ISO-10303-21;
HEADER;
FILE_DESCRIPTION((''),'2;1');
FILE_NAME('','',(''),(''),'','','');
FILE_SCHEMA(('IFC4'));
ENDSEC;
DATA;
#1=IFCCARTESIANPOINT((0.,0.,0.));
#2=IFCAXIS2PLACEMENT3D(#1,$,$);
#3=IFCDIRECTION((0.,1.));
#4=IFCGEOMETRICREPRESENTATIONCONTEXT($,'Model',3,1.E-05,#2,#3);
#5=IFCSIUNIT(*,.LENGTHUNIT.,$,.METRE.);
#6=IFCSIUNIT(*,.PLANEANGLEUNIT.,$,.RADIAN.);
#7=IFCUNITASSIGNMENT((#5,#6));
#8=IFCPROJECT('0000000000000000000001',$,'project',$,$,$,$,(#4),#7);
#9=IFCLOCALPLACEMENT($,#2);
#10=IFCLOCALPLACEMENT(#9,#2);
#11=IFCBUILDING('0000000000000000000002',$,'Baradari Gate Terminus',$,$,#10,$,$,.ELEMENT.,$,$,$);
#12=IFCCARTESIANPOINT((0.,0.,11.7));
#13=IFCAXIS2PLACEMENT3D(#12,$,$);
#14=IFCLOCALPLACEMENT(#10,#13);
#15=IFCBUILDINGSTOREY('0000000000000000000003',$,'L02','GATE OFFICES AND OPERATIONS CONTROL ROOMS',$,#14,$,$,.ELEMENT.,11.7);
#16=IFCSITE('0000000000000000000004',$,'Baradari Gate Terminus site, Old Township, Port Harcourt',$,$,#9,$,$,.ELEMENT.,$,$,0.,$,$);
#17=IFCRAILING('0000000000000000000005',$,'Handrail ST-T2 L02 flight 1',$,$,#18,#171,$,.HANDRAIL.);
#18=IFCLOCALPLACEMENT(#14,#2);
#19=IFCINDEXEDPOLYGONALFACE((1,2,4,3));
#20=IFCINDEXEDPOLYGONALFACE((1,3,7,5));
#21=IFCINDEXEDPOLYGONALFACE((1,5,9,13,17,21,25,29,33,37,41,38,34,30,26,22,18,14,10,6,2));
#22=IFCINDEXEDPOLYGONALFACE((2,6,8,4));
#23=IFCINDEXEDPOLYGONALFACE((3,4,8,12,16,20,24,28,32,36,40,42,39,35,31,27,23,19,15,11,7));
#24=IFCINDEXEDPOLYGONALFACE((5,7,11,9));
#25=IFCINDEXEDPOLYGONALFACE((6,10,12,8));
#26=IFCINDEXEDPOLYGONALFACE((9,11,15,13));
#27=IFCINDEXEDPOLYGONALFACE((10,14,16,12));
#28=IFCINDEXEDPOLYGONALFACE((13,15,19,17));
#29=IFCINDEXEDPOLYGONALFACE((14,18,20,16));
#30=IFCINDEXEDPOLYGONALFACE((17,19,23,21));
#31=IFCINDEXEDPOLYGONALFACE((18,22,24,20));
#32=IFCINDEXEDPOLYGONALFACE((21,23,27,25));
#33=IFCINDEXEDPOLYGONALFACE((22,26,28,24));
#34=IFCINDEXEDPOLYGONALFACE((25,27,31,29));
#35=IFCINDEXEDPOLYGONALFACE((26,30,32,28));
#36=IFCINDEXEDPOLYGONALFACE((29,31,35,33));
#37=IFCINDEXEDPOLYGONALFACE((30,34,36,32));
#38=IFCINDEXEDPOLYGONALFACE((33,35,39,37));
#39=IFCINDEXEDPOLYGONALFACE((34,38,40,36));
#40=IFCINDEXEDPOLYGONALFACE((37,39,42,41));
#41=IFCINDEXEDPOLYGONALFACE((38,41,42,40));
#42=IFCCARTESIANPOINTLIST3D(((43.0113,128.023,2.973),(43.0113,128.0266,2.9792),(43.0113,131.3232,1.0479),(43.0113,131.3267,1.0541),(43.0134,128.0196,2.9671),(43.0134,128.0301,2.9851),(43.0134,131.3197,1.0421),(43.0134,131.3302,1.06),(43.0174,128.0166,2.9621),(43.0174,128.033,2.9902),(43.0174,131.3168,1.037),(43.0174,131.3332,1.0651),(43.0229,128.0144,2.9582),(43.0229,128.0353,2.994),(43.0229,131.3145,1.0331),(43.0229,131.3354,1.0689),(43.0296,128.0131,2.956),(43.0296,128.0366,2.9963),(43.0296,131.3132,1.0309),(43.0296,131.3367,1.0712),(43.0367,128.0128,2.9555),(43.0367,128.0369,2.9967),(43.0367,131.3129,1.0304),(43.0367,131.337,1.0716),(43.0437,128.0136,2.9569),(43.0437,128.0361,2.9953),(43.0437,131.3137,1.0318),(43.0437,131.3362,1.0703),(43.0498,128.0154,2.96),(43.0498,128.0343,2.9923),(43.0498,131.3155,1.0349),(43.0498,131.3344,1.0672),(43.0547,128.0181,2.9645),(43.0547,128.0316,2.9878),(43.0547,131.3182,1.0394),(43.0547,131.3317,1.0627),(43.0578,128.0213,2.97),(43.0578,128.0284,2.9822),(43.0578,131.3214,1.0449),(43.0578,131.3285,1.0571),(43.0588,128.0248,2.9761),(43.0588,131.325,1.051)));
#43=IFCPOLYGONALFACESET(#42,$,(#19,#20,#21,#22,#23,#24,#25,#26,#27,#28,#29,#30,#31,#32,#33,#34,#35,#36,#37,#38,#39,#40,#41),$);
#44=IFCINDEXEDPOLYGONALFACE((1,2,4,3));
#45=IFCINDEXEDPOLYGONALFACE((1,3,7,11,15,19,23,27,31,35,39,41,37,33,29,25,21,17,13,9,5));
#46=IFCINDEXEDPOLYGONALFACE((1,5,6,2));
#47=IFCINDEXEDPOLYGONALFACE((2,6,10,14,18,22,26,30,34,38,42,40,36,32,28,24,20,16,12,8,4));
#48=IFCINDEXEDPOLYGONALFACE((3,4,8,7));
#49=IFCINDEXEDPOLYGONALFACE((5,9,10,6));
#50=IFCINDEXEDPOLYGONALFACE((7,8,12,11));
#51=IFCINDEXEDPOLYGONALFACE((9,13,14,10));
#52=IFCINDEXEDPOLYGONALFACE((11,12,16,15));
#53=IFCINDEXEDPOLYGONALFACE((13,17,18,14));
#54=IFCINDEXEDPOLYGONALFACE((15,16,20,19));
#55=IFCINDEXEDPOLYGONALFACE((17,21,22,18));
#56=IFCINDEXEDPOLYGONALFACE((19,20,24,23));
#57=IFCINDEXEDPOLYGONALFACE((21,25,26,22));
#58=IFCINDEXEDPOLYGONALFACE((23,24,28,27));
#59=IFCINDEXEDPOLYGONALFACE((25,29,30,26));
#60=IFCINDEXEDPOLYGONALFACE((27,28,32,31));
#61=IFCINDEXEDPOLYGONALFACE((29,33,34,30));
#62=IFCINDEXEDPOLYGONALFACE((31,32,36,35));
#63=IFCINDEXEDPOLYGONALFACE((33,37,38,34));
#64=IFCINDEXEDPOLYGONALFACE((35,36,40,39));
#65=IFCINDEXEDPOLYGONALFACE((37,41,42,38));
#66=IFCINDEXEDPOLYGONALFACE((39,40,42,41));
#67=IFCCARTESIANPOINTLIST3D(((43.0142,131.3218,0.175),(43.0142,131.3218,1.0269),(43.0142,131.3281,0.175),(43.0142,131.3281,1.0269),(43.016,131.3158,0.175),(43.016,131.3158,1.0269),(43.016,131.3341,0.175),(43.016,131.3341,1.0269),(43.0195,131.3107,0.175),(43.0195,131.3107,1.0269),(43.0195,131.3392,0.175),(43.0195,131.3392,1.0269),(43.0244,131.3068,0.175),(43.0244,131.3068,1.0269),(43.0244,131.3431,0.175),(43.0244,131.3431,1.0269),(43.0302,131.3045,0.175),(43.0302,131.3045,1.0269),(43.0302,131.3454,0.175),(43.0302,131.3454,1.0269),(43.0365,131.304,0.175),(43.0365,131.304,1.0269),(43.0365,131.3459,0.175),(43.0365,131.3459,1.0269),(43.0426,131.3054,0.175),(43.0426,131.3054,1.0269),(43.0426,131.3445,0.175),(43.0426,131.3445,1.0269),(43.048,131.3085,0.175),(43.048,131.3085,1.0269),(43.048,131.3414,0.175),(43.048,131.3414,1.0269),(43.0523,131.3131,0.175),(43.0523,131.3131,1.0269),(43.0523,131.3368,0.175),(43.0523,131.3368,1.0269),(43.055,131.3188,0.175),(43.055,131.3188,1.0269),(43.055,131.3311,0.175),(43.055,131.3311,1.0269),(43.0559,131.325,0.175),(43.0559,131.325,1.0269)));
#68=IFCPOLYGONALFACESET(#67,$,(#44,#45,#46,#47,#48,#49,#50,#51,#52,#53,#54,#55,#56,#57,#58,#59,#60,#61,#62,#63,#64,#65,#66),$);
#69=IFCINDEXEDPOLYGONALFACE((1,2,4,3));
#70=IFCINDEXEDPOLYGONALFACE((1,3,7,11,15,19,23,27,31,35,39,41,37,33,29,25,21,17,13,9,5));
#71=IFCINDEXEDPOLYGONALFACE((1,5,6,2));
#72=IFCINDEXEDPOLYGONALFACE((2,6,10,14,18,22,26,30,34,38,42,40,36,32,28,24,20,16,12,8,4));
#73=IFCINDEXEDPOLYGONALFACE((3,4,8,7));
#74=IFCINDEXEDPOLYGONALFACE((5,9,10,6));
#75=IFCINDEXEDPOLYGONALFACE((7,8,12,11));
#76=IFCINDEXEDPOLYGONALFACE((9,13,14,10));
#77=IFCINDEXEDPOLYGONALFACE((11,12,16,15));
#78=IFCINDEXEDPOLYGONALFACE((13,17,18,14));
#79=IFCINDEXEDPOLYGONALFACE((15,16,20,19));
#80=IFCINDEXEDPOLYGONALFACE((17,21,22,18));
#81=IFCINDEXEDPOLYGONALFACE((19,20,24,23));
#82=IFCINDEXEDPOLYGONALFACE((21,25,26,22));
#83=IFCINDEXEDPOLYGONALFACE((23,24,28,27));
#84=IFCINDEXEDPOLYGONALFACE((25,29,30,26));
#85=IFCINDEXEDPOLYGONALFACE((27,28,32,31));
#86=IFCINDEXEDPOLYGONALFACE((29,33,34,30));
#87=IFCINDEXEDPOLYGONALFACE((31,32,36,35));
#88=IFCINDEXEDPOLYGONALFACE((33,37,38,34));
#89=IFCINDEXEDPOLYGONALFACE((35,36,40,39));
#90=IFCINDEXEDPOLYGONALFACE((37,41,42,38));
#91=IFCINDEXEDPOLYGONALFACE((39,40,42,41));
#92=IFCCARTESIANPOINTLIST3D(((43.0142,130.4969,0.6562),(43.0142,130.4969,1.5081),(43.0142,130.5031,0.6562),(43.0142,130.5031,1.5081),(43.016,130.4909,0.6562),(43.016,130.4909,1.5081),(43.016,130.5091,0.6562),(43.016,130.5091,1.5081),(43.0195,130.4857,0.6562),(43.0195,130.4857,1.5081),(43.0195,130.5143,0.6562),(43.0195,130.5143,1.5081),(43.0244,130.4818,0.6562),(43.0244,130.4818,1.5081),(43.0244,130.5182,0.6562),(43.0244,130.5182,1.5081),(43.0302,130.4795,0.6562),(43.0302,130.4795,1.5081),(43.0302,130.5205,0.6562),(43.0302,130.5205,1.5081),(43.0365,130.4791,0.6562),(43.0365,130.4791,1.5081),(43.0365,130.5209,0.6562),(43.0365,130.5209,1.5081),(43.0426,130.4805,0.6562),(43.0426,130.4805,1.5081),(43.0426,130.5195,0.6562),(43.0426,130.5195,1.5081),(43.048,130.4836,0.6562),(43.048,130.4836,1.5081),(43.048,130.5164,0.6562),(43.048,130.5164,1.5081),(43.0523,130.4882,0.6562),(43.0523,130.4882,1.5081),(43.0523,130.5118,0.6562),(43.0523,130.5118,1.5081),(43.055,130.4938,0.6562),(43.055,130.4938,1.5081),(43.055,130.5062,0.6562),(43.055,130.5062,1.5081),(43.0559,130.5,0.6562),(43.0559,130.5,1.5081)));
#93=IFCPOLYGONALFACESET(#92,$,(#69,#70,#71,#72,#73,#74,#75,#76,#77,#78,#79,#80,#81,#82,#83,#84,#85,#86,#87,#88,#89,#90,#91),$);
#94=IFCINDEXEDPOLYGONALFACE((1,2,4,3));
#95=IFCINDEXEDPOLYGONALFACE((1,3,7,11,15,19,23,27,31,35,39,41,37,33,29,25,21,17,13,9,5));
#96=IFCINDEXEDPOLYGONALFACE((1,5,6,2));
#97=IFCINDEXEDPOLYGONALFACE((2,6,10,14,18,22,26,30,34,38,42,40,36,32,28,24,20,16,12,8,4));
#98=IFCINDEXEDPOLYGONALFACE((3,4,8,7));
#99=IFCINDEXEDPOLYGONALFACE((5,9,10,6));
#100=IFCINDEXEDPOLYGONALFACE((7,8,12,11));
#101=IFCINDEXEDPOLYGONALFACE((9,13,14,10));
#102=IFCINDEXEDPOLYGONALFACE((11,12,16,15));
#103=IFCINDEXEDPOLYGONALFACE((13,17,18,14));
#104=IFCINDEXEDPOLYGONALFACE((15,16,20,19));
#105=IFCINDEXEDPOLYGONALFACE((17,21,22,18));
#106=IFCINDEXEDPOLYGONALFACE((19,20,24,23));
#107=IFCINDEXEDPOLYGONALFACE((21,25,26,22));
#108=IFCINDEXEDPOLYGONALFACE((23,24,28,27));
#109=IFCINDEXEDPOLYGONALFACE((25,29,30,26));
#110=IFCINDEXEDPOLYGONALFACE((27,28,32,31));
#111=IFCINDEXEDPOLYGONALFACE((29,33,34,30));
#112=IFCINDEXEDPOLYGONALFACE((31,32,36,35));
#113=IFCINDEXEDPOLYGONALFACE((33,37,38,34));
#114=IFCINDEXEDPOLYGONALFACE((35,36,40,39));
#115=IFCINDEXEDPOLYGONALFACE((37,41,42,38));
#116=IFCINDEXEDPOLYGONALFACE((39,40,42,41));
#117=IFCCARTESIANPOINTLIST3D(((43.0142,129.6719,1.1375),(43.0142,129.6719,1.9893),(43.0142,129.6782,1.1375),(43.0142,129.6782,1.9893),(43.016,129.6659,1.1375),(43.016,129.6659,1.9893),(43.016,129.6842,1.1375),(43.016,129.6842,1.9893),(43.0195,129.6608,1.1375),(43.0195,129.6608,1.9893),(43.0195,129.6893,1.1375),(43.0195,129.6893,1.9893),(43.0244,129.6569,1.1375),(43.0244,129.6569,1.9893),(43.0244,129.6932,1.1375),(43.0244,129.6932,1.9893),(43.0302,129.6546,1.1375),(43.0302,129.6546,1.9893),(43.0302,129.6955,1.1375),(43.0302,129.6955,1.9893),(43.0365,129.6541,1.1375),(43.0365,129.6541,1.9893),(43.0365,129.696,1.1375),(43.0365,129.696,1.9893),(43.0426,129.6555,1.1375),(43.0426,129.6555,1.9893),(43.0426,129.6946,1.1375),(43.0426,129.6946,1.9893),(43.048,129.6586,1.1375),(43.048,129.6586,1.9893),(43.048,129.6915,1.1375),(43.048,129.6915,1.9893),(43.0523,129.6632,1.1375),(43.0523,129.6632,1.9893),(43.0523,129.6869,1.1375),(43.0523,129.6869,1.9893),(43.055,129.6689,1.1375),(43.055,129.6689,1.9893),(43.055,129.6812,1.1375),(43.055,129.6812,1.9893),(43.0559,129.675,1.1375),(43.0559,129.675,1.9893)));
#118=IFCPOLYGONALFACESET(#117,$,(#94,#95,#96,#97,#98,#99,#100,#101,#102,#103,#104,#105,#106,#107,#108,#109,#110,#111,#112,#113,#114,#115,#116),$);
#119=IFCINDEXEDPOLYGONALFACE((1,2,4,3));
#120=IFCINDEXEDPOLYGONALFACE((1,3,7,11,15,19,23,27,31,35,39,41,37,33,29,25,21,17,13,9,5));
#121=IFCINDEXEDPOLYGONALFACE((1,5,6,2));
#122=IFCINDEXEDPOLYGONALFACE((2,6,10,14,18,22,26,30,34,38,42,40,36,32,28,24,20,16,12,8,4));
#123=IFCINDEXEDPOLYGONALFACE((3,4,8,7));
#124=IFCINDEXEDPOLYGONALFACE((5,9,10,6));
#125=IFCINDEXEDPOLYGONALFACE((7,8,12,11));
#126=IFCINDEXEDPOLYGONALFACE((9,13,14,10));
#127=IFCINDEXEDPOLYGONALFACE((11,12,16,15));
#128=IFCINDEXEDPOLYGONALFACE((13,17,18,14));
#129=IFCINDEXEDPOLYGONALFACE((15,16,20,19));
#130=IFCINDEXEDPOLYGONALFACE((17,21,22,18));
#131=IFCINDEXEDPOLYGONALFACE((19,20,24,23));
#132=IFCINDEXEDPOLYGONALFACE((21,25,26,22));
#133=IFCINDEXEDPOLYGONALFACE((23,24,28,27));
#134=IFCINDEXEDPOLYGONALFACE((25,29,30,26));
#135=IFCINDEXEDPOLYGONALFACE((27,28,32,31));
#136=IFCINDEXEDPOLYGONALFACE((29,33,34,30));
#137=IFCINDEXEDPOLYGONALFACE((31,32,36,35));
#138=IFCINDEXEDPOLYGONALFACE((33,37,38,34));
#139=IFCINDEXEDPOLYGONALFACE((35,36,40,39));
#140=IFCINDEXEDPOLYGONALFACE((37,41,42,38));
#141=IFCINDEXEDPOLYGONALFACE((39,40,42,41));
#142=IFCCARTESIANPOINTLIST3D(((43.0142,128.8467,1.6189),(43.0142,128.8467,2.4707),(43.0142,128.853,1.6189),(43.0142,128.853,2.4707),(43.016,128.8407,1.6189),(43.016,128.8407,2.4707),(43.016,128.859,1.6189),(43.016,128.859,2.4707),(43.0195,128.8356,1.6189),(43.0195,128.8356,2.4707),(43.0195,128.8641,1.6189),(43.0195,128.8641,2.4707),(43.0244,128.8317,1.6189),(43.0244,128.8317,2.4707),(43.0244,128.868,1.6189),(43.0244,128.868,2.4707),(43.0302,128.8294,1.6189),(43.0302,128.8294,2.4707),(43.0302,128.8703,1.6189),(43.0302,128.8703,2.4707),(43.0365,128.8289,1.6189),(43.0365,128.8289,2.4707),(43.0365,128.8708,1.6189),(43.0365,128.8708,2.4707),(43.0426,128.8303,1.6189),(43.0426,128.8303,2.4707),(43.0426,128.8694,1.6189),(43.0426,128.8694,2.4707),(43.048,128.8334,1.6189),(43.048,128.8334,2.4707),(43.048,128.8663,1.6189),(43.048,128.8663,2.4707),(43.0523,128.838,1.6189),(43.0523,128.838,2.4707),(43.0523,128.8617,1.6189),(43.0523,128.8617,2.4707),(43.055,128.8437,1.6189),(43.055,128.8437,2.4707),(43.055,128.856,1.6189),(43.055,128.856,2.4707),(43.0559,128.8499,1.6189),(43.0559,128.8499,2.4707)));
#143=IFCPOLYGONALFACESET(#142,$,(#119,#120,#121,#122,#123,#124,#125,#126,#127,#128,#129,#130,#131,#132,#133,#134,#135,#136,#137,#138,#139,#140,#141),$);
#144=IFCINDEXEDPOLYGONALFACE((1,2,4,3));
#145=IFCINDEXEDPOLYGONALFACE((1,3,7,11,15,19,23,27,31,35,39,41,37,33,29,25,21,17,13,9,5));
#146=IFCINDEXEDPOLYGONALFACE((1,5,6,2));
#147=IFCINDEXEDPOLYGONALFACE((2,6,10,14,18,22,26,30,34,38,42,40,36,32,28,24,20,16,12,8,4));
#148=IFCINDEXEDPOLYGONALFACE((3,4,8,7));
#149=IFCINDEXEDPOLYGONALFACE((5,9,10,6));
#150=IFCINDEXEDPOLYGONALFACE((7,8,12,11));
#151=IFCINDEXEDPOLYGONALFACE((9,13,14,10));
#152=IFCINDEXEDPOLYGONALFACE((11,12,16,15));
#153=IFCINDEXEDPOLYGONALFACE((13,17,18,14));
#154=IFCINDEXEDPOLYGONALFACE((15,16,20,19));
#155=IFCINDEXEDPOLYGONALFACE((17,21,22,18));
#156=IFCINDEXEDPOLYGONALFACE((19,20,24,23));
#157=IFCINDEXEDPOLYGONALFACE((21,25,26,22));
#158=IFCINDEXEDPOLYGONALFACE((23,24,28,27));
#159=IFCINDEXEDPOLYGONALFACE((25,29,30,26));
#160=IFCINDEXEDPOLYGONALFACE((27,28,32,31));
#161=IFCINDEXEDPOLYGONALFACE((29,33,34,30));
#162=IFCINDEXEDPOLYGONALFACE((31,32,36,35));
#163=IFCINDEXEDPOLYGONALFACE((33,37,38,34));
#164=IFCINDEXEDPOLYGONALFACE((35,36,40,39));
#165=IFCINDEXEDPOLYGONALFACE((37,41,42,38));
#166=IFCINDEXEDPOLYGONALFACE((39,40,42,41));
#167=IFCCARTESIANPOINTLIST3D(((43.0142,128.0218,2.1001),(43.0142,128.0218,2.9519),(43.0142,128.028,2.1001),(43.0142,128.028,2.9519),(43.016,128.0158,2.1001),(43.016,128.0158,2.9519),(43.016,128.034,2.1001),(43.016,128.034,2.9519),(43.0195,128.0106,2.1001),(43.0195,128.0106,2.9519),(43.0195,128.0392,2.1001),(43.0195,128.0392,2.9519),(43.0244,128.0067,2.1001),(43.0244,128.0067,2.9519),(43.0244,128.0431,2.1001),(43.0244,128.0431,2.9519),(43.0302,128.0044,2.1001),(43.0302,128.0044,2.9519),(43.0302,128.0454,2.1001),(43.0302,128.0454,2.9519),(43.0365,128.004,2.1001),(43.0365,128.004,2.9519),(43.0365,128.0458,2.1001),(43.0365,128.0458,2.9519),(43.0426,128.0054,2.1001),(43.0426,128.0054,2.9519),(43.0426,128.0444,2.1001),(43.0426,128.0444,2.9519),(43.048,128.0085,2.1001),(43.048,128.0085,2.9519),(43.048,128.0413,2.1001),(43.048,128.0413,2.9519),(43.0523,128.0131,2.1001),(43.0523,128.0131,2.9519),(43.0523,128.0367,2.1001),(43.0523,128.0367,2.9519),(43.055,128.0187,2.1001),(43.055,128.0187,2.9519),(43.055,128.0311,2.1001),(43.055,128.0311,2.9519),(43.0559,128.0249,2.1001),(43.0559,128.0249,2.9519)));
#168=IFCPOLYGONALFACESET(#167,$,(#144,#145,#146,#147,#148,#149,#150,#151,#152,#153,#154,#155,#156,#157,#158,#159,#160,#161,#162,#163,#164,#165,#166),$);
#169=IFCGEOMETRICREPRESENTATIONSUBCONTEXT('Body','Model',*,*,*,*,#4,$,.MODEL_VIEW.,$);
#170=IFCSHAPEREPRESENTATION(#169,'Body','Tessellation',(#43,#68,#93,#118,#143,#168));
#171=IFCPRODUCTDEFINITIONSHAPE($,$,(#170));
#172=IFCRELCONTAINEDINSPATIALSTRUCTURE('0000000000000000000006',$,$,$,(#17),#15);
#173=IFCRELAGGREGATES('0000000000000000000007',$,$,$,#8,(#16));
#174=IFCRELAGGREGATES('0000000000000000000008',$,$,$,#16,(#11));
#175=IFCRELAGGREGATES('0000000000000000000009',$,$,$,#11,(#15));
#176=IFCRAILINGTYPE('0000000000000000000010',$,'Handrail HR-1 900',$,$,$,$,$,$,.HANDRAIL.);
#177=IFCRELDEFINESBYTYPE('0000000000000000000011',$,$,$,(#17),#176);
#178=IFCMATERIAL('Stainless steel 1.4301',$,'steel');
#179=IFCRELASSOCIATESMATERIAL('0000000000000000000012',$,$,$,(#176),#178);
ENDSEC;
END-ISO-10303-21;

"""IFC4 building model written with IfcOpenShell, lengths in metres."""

from ifc_helpers import new_model, si_unit, direction, frame, origin, origin_2d, place, context, subcontext, project, spatial, circle, extrude, material, type_object, element, save


model = new_model("IFC4")

# Units and contexts
model_context = context("Model", 3, precision=1e-05, world=origin(), true_north=direction((0.0, 1.0)))
body_context = subcontext(model_context, "Body", "Model", "MODEL_VIEW")
ifc_project = project(units=[si_unit("LENGTHUNIT", "METRE"), si_unit("PLANEANGLEUNIT", "RADIAN")], contexts=[model_context])

# Site, building, storey
site_placement = place(None, origin())
site = spatial("IfcSite", under=ifc_project, at=site_placement, Name="Baradari Gate Terminus site, Old Township, Port Harcourt", CompositionType="ELEMENT", RefElevation=0.0)
building_placement = place(site_placement, origin())
building = spatial("IfcBuilding", under=site, at=building_placement, Name="Baradari Gate Terminus", CompositionType="ELEMENT")
storey_placement = place(building_placement, frame((0.0, 0.0, 11.7)))
storey = spatial("IfcBuildingStorey", under=building, at=storey_placement, Name="L02", Description="GATE OFFICES AND OPERATIONS CONTROL ROOMS", CompositionType="ELEMENT", Elevation=11.7)

# Railing
ifc_material_1 = material(Name="Stainless steel 1.4301", Category="steel")
railing_type = type_object("IfcRailingType", Name="Handrail HR-1 900", PredefinedType="HANDRAIL", material=ifc_material_1)
for number, where, name in (
    (1, (43.0349, 131.325, 0.175), "Handrail ST-T2 L02 flight 1"),
):
    element("IfcRailing", number, at=place(storey_placement, frame(where)), inside=storey, type_object=railing_type, Name=name, PredefinedType="HANDRAIL", context=body_context, shape_type="SweptSolid", body=[
        extrude(circle(Radius=0.0239, at=origin_2d()), frame((0.0, 0.0, 0.876), z_axis=(0.0, -0.863777, 0.503875), x_axis=(1.0, 0.0, 0.0)), (0.0, 0.0, 1.0), 3.8206),
        extrude(circle(Radius=0.021, at=origin_2d()), origin(), (0.0, 0.0, 1.0), 0.8518),
        extrude(circle(Radius=0.021, at=origin_2d()), frame((0.0, -0.825, 0.4812)), (0.0, 0.0, 1.0), 0.8518),
        extrude(circle(Radius=0.021, at=origin_2d()), frame((0.0, -1.6499, 0.9624)), (0.0, 0.0, 1.0), 0.8518),
        extrude(circle(Radius=0.021, at=origin_2d()), frame((0.0, -2.4751, 1.4438)), (0.0, 0.0, 1.0), 0.8518),
        extrude(circle(Radius=0.021, at=origin_2d()), frame((0.0, -3.3, 1.925)), (0.0, 0.0, 1.0), 0.8518),
    ])

save(model, "model.ifc")
